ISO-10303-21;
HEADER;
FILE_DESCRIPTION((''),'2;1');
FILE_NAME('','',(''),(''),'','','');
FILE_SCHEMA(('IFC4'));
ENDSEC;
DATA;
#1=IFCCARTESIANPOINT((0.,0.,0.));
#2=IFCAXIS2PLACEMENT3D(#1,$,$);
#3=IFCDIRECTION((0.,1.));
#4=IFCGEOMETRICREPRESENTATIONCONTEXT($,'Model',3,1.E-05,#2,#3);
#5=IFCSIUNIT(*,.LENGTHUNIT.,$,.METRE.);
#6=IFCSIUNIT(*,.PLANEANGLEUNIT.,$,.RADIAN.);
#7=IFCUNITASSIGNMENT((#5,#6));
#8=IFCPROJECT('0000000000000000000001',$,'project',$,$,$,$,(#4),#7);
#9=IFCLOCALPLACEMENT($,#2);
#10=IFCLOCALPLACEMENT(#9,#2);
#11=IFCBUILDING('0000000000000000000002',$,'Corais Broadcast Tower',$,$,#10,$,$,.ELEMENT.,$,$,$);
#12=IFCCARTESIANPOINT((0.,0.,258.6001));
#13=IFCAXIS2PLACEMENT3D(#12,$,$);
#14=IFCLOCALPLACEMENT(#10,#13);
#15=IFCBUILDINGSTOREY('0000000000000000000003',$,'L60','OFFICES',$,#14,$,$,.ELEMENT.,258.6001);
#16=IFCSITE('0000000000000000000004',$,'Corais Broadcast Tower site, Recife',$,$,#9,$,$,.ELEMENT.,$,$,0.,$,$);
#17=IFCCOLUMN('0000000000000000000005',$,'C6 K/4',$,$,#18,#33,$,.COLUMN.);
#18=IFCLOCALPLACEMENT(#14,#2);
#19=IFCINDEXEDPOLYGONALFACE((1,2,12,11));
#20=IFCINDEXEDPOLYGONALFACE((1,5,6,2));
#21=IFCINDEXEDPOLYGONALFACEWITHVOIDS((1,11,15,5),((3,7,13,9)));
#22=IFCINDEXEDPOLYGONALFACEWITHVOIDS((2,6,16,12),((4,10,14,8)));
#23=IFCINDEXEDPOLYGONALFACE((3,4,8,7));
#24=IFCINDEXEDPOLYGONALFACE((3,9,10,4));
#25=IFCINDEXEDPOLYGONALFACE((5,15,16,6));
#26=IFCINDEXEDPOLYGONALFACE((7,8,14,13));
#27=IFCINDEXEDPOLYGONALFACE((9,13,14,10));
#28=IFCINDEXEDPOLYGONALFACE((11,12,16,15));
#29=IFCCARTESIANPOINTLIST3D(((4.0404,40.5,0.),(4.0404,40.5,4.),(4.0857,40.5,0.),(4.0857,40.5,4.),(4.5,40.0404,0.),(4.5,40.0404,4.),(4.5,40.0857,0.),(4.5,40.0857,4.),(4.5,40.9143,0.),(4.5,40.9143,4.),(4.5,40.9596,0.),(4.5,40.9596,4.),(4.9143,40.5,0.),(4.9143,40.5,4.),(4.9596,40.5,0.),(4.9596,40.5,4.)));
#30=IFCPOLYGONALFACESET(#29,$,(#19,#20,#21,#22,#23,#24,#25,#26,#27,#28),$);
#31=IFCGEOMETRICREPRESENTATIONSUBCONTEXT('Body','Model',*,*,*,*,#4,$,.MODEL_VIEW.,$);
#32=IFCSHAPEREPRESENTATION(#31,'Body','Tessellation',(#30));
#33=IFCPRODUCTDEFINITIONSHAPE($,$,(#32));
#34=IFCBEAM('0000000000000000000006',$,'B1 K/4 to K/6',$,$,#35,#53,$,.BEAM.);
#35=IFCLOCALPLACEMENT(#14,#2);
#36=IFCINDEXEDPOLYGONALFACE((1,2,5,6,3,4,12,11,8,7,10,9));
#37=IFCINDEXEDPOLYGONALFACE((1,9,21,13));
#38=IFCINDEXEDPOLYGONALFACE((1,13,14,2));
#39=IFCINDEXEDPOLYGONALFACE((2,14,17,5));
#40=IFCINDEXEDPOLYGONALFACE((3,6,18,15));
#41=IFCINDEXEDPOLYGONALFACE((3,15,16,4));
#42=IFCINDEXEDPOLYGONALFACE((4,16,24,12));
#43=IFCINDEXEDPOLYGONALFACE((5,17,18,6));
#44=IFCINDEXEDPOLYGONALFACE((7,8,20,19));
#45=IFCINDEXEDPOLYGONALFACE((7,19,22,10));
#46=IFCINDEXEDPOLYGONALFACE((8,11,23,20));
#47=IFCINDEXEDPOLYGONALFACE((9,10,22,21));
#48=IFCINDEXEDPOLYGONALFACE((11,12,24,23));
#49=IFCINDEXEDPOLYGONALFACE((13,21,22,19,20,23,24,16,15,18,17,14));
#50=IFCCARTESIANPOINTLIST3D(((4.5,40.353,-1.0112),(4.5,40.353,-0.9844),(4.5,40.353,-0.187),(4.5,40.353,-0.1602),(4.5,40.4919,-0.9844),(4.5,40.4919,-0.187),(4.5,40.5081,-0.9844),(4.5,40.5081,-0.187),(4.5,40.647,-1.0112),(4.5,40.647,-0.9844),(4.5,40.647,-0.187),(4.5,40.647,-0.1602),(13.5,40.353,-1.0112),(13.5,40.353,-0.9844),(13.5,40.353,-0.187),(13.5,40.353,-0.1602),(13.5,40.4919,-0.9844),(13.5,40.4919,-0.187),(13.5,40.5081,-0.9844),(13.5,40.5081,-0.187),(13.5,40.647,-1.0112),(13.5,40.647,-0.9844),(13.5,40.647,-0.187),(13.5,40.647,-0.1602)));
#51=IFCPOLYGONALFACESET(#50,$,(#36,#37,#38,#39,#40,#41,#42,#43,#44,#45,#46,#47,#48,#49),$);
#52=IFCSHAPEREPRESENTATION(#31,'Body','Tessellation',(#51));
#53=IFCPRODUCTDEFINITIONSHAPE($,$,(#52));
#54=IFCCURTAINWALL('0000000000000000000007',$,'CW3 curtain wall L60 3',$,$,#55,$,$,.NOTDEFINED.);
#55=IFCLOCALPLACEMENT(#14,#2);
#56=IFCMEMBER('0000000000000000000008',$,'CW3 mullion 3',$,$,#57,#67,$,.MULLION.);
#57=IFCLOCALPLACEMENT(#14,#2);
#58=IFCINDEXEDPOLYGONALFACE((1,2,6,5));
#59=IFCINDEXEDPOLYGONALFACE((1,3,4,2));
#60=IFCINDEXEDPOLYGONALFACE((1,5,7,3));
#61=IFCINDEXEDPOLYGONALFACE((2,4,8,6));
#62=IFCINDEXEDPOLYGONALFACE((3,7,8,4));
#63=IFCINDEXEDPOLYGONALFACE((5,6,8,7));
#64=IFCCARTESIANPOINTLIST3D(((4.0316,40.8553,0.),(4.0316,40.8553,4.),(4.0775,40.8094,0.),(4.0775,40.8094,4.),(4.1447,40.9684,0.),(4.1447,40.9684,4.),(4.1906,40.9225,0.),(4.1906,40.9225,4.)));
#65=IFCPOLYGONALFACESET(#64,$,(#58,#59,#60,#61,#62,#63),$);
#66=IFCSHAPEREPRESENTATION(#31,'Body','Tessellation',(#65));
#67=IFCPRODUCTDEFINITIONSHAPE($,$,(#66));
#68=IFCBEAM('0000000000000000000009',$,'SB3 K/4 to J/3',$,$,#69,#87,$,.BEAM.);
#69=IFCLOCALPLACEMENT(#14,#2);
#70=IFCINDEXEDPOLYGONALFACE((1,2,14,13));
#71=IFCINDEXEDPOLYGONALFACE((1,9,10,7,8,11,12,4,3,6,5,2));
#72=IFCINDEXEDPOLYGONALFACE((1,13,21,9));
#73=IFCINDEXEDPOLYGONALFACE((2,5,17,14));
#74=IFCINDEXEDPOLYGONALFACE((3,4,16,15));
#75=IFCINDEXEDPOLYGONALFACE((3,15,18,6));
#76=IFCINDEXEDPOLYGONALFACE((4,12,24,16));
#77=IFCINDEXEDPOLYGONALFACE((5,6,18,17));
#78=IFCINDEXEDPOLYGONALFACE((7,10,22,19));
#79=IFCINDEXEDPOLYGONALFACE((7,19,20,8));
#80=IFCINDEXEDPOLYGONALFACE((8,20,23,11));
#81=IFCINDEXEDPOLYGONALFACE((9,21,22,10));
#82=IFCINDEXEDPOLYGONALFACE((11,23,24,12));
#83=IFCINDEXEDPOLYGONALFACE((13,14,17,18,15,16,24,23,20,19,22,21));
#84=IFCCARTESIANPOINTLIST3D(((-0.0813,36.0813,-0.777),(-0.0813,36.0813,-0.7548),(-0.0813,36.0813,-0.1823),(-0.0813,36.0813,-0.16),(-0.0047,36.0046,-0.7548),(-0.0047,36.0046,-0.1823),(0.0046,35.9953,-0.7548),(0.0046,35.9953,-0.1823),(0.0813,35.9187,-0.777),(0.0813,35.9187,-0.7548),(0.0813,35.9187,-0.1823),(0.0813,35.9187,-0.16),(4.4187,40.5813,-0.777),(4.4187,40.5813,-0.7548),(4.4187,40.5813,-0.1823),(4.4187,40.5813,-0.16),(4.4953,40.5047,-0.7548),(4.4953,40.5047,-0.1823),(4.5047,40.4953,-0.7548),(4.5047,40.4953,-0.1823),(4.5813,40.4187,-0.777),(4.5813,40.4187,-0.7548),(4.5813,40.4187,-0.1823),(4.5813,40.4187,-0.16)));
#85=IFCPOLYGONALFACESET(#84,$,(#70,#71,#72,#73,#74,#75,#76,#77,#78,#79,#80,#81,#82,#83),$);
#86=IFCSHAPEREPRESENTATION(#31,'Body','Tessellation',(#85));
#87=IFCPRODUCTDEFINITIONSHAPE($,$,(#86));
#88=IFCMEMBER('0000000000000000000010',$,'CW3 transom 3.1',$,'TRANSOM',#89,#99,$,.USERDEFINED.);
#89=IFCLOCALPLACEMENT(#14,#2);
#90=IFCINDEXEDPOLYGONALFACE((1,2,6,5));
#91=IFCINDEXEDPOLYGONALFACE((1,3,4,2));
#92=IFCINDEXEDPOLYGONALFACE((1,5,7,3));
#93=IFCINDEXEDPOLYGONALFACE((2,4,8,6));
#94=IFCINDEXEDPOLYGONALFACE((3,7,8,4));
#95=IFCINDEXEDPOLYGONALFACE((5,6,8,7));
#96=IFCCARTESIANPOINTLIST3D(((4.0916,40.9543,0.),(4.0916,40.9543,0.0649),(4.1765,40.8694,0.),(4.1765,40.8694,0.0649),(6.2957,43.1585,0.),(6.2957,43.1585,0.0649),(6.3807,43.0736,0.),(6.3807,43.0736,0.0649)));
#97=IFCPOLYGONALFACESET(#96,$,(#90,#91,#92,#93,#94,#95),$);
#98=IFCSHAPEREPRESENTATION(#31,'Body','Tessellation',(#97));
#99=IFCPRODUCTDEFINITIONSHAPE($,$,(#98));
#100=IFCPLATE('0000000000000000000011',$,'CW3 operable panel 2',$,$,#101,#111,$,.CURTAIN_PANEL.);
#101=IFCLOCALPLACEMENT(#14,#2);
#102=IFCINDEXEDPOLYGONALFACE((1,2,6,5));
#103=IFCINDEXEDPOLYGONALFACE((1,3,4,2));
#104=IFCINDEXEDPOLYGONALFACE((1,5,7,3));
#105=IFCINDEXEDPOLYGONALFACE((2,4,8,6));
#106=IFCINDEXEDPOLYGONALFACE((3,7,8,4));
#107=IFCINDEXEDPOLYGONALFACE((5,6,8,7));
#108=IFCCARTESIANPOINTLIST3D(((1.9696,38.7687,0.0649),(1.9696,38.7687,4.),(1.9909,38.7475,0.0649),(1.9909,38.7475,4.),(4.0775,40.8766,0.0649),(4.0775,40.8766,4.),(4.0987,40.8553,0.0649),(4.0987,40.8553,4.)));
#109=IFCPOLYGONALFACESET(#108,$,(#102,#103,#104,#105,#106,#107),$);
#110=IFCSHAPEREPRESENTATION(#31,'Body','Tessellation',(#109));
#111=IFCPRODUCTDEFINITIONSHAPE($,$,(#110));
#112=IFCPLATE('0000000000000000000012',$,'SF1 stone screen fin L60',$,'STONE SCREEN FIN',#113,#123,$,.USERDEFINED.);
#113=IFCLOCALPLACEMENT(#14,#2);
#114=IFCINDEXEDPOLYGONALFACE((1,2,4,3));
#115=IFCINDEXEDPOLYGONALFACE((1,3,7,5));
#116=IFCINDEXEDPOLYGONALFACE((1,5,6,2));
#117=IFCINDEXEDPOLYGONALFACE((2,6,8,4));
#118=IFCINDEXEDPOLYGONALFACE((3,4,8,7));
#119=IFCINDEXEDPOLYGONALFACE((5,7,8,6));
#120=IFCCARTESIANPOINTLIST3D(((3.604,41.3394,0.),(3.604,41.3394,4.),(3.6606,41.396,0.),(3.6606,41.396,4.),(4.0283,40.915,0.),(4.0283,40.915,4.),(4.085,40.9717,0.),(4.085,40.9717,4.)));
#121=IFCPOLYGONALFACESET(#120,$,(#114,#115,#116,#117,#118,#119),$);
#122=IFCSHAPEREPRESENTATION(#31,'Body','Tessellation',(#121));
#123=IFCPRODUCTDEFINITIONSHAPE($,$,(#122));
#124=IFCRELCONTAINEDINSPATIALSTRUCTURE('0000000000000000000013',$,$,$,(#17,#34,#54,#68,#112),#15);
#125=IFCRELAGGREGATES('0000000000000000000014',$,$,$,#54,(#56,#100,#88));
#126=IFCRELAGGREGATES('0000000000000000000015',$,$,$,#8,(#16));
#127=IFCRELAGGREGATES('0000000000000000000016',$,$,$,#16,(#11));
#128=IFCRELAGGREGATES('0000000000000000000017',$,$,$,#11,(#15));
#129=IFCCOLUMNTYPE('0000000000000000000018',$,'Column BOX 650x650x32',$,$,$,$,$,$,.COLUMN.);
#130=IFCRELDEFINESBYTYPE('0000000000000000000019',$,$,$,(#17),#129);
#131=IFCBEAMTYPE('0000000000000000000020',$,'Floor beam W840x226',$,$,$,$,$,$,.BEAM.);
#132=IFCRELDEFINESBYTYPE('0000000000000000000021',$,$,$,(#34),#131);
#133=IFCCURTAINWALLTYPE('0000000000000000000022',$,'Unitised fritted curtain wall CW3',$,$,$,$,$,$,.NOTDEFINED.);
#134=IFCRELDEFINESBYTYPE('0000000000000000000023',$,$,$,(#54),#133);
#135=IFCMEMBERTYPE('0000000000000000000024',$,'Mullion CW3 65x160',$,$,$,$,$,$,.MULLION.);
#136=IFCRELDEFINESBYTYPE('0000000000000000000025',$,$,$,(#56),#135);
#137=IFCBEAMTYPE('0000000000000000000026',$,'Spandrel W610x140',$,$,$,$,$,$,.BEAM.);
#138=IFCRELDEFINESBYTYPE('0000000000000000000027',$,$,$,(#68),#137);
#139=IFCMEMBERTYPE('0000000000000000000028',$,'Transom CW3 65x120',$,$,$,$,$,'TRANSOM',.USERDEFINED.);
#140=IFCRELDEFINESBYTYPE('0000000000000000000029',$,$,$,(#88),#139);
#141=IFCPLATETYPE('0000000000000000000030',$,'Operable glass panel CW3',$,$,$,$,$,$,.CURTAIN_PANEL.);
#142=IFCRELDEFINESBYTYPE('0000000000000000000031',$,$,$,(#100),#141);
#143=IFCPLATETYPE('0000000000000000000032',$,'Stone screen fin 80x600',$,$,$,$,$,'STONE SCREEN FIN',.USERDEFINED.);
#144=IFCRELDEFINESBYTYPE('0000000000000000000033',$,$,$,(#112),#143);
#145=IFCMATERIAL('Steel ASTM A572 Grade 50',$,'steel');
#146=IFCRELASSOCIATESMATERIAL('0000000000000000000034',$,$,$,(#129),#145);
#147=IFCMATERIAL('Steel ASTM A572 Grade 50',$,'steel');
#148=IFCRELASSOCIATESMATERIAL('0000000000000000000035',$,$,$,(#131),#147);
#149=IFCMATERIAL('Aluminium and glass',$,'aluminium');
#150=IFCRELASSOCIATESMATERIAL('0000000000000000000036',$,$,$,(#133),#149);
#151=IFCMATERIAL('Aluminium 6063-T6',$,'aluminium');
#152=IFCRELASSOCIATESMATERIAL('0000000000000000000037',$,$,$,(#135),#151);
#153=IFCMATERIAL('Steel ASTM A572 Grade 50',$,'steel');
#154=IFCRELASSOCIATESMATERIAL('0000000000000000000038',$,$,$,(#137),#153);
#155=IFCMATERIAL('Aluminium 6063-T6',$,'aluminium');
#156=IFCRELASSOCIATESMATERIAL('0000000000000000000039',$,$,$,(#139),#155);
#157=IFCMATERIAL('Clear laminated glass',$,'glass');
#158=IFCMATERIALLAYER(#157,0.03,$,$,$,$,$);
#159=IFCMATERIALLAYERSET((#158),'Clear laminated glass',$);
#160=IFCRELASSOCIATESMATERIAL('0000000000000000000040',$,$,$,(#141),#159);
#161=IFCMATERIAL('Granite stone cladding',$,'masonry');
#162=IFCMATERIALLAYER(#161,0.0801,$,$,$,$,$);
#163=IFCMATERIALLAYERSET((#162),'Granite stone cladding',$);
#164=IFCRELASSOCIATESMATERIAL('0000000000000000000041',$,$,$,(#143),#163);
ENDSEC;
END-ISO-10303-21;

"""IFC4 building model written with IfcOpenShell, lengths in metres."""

from ifc_helpers import new_model, si_unit, direction, frame, origin, origin_2d, place, context, subcontext, project, spatial, rectangle, hollow_rectangle, i_section, extrude, material, layer, layer_set, material_profile, profile_set, type_object, element, aggregate, save


model = new_model("IFC4")

# Units and contexts
model_context = context("Model", 3, precision=1e-05, world=origin(), true_north=direction((0.0, 1.0)))
body_context = subcontext(model_context, "Body", "Model", "MODEL_VIEW")
ifc_project = project(units=[si_unit("LENGTHUNIT", "METRE"), si_unit("PLANEANGLEUNIT", "RADIAN")], contexts=[model_context])

# Site, building, storey
site_placement = place(None, origin())
site = spatial("IfcSite", under=ifc_project, at=site_placement, Name="Corais Broadcast Tower site, Recife", CompositionType="ELEMENT", RefElevation=0.0)
building_placement = place(site_placement, origin())
building = spatial("IfcBuilding", under=site, at=building_placement, Name="Corais Broadcast Tower", CompositionType="ELEMENT")
storey_placement = place(building_placement, frame((0.0, 0.0, 258.6001)))
storey = spatial("IfcBuildingStorey", under=building, at=storey_placement, Name="L60", Description="OFFICES", CompositionType="ELEMENT", Elevation=258.6001)

# Column
ifc_material_1 = material(Name="Steel ASTM A572 Grade 50", Category="steel")
ifc_material_profile_1 = material_profile(ifc_material_1, hollow_rectangle(XDim=0.6499, YDim=0.6499, WallThickness=0.032, at=origin_2d()), Name="BOX 650x650x32")
ifc_profile_set_1 = profile_set([ifc_material_profile_1], Name="Steel ASTM A572 Grade 50")
column_type = type_object("IfcColumnType", Name="Column BOX 650x650x32", PredefinedType="COLUMN", material=ifc_profile_set_1)
column_placement = place(storey_placement, frame((4.5, 40.5, 0.0), z_axis=(0.0, 0.0, 1.0), x_axis=(0.707107, 0.707107, 0.0)))
element("IfcColumn", 1, at=column_placement, inside=storey, type_object=column_type, Name="C6 K/4", PredefinedType="COLUMN", context=body_context, shape_type="SweptSolid", body=[
    extrude(hollow_rectangle(XDim=0.6499, YDim=0.6499, WallThickness=0.032, at=origin_2d()), origin(), (0.0, 0.0, 1.0), 4.0),
])

# Beam
ifc_material_2 = material(Name="Steel ASTM A572 Grade 50", Category="steel")
ifc_material_profile_2 = material_profile(ifc_material_2, i_section(OverallWidth=0.2939, OverallDepth=0.8511, WebThickness=0.0161, FlangeThickness=0.0269, at=origin_2d()), Name="W840x226")
ifc_profile_set_2 = profile_set([ifc_material_profile_2], Name="Steel ASTM A572 Grade 50")
beam_type_1 = type_object("IfcBeamType", Name="Floor beam W840x226", PredefinedType="BEAM", material=ifc_profile_set_2)
beam_1_placement = place(storey_placement, frame((4.5, 40.5, -0.5857), z_axis=(1.0, 0.0, 0.0), x_axis=(0.0, 1.0, 0.0)))
element("IfcBeam", 2, at=beam_1_placement, inside=storey, type_object=beam_type_1, Name="B1 K/4 to K/6", PredefinedType="BEAM", context=body_context, shape_type="SweptSolid", body=[
    extrude(i_section(OverallWidth=0.2939, OverallDepth=0.8511, WebThickness=0.0161, FlangeThickness=0.0269, at=origin_2d()), origin(), (0.0, 0.0, 1.0), 9.0),
])

# Curtain wall, member
ifc_material_3 = material(Name="Aluminium and glass", Category="aluminium")
curtain_wall_type = type_object("IfcCurtainWallType", Name="Unitised fritted curtain wall CW3", PredefinedType="NOTDEFINED", material=ifc_material_3)
curtain_wall_placement = place(storey_placement, origin())
curtain_wall = element("IfcCurtainWall", 3, at=curtain_wall_placement, inside=storey, type_object=curtain_wall_type, Name="CW3 curtain wall L60 3", PredefinedType="NOTDEFINED")
ifc_material_4 = material(Name="Aluminium 6063-T6", Category="aluminium")
ifc_material_profile_3 = material_profile(ifc_material_4, rectangle(XDim=0.0649, YDim=0.1599, at=origin_2d()), Name="Mullion CW3 65x160")
ifc_profile_set_3 = profile_set([ifc_material_profile_3], Name="Aluminium 6063-T6")
member_type_1 = type_object("IfcMemberType", Name="Mullion CW3 65x160", PredefinedType="MULLION", material=ifc_profile_set_3)
member_1_placement = place(storey_placement, frame((4.1111, 40.8889, 0.0), z_axis=(0.0, 0.0, 1.0), x_axis=(-0.707107, 0.707107, 0.0)))
member_1 = element("IfcMember", 4, at=member_1_placement, type_object=member_type_1, Name="CW3 mullion 3", PredefinedType="MULLION", context=body_context, shape_type="SweptSolid", body=[
    extrude(rectangle(XDim=0.0649, YDim=0.1599, at=origin_2d()), origin(), (0.0, 0.0, 1.0), 4.0),
])

# Beam
ifc_material_5 = material(Name="Steel ASTM A572 Grade 50", Category="steel")
ifc_material_profile_4 = material_profile(ifc_material_5, i_section(OverallWidth=0.23, OverallDepth=0.6169, WebThickness=0.0132, FlangeThickness=0.0222, at=origin_2d()), Name="W610x140")
ifc_profile_set_4 = profile_set([ifc_material_profile_4], Name="Steel ASTM A572 Grade 50")
beam_type_2 = type_object("IfcBeamType", Name="Spandrel W610x140", PredefinedType="BEAM", material=ifc_profile_set_4)
beam_2_placement = place(storey_placement, frame((4.5, 40.5, -0.4685), z_axis=(-0.707107, -0.707107, 0.0), x_axis=(0.707107, -0.707107, 0.0)))
element("IfcBeam", 5, at=beam_2_placement, inside=storey, type_object=beam_type_2, Name="SB3 K/4 to J/3", PredefinedType="BEAM", context=body_context, shape_type="SweptSolid", body=[
    extrude(i_section(OverallWidth=0.23, OverallDepth=0.6169, WebThickness=0.0132, FlangeThickness=0.0222, at=origin_2d()), origin(), (0.0, 0.0, 1.0), 6.364),
])

# Member
ifc_material_6 = material(Name="Aluminium 6063-T6", Category="aluminium")
ifc_material_profile_5 = material_profile(ifc_material_6, rectangle(XDim=0.1201, YDim=0.0649, at=origin_2d()), Name="Transom CW3 65x120")
ifc_profile_set_5 = profile_set([ifc_material_profile_5], Name="Aluminium 6063-T6")
member_type_2 = type_object("IfcMemberType", Name="Transom CW3 65x120", ElementType="TRANSOM", PredefinedType="USERDEFINED", material=ifc_profile_set_5)
member_2_placement = place(storey_placement, frame((4.134, 40.9119, 0.0325), z_axis=(0.707107, 0.707107, 0.0), x_axis=(-0.707107, 0.707107, 0.0)))
member_2 = element("IfcMember", 6, at=member_2_placement, type_object=member_type_2, Name="CW3 transom 3.1", ObjectType="TRANSOM", PredefinedType="USERDEFINED", context=body_context, shape_type="SweptSolid", body=[
    extrude(rectangle(XDim=0.1201, YDim=0.0649, at=origin_2d()), origin(), (0.0, 0.0, 1.0), 3.1172),
])

# Plates
ifc_material_7 = material(Name="Clear laminated glass", Category="glass")
ifc_layer_1 = layer(ifc_material_7, 0.03)
ifc_layer_set_1 = layer_set([ifc_layer_1], Name="Clear laminated glass")
plate_type_1 = type_object("IfcPlateType", Name="Operable glass panel CW3", PredefinedType="CURTAIN_PANEL", material=ifc_layer_set_1)
plate_1_placement = place(storey_placement, frame((3.0342, 39.812, 0.0649), z_axis=(0.0, 0.0, 1.0), x_axis=(0.707107, 0.707107, 0.0)))
plate_1 = element("IfcPlate", 7, at=plate_1_placement, type_object=plate_type_1, Name="CW3 operable panel 2", PredefinedType="CURTAIN_PANEL", context=body_context, shape_type="SweptSolid", body=[
    extrude(rectangle(XDim=2.981, YDim=0.03, at=origin_2d()), origin(), (0.0, 0.0, 1.0), 3.9351),
])
aggregate(curtain_wall, [member_1, plate_1, member_2])
ifc_material_8 = material(Name="Granite stone cladding", Category="masonry")
ifc_layer_2 = layer(ifc_material_8, 0.0801)
ifc_layer_set_2 = layer_set([ifc_layer_2], Name="Granite stone cladding")
plate_type_2 = type_object("IfcPlateType", Name="Stone screen fin 80x600", ElementType="STONE SCREEN FIN", PredefinedType="USERDEFINED", material=ifc_layer_set_2)
plate_2_placement = place(storey_placement, frame((3.8445, 41.1555, 0.0), z_axis=(0.0, 0.0, 1.0), x_axis=(0.707107, 0.707107, 0.0)))
element("IfcPlate", 8, at=plate_2_placement, inside=storey, type_object=plate_type_2, Name="SF1 stone screen fin L60", ObjectType="STONE SCREEN FIN", PredefinedType="USERDEFINED", context=body_context, shape_type="SweptSolid", body=[
    extrude(rectangle(XDim=0.0801, YDim=0.6001, at=origin_2d()), origin(), (0.0, 0.0, 1.0), 4.0),
])

save(model, "model.ifc")
